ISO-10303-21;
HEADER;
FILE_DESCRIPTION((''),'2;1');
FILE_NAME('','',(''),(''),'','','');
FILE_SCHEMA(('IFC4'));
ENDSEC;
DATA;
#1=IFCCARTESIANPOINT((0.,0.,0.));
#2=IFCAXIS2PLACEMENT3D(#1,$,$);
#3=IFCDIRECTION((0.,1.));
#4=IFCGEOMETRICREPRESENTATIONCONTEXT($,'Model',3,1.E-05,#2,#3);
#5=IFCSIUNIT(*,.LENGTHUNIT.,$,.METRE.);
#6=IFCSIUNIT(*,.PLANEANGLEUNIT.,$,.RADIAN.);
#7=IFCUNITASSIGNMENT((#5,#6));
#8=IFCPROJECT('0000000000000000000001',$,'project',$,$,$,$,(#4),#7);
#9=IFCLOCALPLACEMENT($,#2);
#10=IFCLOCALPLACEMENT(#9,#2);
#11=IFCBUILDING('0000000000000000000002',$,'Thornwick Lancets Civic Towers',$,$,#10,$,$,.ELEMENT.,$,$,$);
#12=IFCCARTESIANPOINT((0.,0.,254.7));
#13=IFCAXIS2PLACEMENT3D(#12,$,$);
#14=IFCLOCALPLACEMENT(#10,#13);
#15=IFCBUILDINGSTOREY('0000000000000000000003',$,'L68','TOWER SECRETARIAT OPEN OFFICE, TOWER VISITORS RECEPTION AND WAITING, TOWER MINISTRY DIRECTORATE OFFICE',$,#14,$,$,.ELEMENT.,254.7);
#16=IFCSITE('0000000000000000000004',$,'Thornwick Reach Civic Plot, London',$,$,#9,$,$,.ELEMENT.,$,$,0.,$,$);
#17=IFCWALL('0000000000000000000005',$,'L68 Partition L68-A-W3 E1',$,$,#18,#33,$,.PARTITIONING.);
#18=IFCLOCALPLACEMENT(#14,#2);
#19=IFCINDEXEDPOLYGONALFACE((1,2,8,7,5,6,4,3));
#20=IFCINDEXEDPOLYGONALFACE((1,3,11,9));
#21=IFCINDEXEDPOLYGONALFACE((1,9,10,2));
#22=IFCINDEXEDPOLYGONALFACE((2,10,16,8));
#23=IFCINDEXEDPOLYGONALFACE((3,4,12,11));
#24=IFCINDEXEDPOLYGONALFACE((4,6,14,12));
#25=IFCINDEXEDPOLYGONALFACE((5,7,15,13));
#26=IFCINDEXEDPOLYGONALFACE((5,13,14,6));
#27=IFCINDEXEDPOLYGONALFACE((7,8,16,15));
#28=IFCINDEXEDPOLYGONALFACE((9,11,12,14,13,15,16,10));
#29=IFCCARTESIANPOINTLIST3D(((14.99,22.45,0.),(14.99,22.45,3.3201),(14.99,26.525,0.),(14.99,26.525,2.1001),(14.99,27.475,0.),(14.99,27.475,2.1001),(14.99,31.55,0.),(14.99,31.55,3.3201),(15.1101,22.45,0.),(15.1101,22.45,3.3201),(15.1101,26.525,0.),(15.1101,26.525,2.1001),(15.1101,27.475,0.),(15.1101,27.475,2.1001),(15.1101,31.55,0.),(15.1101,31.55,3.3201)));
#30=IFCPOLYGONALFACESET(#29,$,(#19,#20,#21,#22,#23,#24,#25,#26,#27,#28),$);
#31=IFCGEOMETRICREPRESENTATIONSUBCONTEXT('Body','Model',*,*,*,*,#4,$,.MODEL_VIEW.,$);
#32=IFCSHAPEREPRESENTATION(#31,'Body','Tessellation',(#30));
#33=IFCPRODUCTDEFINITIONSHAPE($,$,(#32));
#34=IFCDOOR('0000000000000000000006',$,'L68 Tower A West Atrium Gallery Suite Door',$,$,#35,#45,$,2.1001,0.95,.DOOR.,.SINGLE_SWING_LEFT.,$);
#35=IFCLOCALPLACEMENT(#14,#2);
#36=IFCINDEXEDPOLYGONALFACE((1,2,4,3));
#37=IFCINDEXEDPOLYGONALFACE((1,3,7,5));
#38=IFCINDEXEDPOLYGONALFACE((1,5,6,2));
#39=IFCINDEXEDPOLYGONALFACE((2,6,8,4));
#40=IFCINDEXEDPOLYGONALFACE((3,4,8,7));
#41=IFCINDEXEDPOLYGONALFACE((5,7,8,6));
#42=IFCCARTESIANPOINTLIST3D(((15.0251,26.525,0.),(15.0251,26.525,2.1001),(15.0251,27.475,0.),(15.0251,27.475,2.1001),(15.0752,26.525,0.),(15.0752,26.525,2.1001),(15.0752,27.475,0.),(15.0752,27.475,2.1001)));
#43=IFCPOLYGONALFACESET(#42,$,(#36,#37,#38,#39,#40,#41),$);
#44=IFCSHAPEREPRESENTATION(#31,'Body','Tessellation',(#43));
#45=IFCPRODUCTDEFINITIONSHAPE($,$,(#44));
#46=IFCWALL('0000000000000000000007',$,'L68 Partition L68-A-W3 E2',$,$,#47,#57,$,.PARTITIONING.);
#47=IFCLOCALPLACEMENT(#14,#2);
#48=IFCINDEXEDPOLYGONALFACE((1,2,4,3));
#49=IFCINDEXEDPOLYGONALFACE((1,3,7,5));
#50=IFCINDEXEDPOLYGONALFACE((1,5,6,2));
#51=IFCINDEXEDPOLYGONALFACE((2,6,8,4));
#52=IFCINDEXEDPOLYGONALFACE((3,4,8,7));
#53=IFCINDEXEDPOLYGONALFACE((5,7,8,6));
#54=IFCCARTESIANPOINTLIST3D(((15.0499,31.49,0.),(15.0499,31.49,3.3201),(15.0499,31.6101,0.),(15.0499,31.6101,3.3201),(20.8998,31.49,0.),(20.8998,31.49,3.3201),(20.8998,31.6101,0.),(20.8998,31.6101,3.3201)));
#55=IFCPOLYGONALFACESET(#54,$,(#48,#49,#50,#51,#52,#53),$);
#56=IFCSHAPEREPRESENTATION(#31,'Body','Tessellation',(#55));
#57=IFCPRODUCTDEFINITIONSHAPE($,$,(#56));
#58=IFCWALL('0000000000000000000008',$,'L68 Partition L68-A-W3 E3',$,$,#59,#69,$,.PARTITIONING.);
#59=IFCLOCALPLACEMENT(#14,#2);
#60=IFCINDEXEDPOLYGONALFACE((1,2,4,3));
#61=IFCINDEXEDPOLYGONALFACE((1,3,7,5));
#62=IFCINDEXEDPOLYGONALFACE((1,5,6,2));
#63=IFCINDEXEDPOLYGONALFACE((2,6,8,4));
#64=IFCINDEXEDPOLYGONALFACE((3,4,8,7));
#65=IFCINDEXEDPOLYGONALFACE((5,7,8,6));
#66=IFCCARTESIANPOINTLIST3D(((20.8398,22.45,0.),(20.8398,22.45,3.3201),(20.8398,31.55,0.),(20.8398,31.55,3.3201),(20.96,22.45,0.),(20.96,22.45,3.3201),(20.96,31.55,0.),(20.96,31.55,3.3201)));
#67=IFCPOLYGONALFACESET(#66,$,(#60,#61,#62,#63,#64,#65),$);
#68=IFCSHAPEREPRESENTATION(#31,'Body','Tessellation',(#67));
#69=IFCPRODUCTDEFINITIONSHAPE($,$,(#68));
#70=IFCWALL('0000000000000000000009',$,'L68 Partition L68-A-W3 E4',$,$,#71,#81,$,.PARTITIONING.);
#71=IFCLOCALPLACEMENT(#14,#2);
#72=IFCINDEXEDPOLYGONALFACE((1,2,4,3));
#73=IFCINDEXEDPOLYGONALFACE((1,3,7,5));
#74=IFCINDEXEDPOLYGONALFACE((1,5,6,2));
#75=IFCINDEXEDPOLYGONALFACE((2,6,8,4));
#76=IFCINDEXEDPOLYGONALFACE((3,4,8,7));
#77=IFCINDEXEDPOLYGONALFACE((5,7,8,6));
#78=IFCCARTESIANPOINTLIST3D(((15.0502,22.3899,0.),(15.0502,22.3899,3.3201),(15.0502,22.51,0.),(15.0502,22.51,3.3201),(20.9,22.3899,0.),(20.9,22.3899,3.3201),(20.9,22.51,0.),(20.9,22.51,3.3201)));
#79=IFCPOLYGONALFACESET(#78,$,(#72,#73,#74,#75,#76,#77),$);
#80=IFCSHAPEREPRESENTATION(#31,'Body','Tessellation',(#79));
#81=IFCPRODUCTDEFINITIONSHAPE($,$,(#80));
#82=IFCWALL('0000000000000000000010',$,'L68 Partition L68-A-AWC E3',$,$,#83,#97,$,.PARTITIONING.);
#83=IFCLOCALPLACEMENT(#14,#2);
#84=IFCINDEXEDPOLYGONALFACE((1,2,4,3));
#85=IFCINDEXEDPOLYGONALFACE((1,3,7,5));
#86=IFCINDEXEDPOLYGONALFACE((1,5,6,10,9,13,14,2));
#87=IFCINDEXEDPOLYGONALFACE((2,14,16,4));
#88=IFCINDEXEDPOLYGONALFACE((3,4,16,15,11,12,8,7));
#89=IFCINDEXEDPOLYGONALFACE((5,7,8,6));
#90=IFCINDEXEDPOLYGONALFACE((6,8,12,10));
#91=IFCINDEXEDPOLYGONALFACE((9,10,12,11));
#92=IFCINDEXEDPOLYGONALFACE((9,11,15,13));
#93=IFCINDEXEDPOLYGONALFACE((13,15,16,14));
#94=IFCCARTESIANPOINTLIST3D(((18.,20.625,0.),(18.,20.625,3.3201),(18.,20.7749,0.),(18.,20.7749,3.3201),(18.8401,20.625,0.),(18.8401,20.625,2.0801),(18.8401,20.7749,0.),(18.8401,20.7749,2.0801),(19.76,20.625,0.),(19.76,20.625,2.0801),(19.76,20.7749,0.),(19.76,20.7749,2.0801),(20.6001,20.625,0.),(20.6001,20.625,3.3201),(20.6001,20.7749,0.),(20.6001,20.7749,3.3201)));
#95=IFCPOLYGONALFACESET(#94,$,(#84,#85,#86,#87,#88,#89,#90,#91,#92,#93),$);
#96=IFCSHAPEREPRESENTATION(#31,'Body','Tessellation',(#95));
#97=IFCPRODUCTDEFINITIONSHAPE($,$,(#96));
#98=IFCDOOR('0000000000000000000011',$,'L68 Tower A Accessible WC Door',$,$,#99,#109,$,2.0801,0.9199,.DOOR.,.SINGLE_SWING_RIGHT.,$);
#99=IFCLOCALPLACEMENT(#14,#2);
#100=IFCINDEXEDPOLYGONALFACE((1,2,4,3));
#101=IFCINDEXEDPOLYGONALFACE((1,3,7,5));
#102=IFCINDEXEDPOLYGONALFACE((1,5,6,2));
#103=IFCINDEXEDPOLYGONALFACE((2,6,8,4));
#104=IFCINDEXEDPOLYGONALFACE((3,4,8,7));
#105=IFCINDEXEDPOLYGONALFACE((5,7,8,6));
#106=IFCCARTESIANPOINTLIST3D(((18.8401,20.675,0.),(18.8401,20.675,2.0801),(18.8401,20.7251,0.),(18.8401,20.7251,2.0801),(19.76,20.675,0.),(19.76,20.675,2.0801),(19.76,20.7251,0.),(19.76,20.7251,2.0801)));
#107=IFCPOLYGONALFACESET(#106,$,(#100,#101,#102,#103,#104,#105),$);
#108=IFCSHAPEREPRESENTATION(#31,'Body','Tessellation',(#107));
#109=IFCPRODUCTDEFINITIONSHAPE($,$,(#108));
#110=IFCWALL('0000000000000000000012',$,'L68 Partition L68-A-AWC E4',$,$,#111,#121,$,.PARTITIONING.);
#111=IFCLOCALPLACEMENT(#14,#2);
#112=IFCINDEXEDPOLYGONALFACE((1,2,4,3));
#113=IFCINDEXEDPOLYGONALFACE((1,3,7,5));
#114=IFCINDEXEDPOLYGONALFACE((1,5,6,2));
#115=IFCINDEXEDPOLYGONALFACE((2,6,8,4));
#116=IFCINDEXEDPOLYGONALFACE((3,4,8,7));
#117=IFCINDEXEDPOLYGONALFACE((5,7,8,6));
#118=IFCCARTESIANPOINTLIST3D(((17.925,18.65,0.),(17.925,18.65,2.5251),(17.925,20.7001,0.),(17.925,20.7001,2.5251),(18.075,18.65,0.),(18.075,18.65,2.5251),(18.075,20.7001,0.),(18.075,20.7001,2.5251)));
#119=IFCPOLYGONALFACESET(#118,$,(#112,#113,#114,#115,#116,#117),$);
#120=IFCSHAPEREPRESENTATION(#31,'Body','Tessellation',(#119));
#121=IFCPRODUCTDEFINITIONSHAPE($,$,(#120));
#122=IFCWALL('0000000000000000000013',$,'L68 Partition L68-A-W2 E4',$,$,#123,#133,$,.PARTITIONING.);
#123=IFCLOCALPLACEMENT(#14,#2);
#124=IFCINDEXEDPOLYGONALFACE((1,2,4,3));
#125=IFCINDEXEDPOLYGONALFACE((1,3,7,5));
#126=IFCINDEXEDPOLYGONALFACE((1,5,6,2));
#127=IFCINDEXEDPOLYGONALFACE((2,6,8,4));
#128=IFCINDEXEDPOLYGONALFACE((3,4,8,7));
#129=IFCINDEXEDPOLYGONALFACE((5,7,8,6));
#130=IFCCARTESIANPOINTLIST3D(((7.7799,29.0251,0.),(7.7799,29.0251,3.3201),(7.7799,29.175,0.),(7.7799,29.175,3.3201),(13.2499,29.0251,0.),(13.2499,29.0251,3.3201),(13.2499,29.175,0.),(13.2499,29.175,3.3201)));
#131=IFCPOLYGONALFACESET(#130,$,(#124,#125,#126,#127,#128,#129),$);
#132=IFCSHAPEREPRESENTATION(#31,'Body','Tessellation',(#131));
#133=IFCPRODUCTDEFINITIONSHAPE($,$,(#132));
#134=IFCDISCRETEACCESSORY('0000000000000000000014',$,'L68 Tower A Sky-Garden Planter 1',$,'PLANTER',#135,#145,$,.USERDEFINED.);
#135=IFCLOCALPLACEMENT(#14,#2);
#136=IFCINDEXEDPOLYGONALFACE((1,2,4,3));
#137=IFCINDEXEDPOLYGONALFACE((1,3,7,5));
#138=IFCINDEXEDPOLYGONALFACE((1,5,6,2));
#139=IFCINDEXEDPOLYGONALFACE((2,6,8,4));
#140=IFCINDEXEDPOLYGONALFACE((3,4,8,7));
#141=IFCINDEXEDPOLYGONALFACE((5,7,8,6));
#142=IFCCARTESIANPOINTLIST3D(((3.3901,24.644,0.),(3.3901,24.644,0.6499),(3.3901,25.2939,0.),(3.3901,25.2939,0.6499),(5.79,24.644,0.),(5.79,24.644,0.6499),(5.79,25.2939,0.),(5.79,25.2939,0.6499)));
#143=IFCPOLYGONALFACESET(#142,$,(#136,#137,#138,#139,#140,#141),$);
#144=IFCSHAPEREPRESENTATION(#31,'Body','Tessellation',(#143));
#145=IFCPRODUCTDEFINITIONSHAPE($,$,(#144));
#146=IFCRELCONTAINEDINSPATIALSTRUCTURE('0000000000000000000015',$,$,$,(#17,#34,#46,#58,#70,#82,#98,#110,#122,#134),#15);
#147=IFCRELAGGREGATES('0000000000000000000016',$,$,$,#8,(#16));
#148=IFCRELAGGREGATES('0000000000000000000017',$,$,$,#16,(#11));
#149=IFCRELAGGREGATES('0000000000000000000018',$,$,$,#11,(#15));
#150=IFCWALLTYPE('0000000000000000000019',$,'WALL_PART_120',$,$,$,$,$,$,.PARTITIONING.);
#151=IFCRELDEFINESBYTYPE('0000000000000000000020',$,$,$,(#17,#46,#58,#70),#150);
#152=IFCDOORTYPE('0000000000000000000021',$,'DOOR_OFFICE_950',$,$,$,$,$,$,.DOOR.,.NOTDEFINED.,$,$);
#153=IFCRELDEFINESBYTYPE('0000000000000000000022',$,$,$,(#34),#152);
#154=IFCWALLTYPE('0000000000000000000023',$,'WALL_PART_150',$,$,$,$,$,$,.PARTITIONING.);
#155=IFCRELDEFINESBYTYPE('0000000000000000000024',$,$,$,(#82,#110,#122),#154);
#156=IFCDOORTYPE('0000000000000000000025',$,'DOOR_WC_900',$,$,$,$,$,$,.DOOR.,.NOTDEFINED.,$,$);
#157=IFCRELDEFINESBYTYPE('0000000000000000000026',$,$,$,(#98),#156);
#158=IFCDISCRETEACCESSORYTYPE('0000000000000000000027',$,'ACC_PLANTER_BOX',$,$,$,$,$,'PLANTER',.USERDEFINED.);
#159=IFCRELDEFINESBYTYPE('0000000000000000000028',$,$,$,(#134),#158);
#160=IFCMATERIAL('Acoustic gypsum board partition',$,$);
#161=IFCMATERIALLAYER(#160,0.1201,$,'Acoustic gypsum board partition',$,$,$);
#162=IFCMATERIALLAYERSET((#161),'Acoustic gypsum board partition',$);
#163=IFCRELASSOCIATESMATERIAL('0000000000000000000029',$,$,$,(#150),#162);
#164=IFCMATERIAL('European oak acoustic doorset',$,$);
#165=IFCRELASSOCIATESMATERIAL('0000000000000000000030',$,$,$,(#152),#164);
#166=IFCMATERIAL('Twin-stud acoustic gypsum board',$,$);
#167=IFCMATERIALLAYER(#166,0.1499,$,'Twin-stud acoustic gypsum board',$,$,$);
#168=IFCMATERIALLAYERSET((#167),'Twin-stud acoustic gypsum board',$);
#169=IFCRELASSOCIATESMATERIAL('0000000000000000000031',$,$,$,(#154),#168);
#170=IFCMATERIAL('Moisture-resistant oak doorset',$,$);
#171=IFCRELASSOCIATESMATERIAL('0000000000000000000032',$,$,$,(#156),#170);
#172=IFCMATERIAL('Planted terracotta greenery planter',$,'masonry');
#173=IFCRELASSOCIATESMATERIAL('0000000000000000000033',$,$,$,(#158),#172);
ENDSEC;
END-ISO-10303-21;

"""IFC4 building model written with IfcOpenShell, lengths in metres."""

from ifc_helpers import new_model, si_unit, direction, frame, frame_2d, origin, origin_2d, place, context, subcontext, project, spatial, rectangle, extrude, material, layer, layer_set, type_object, element, fill, save


model = new_model("IFC4")

# Units and contexts
model_context = context("Model", 3, precision=1e-05, world=origin(), true_north=direction((0.0, 1.0)))
body_context = subcontext(model_context, "Body", "Model", "MODEL_VIEW")
ifc_project = project(units=[si_unit("LENGTHUNIT", "METRE"), si_unit("PLANEANGLEUNIT", "RADIAN")], contexts=[model_context])

# Site, building, storey
site_placement = place(None, origin())
site = spatial("IfcSite", under=ifc_project, at=site_placement, Name="Thornwick Reach Civic Plot, London", CompositionType="ELEMENT", RefElevation=0.0)
building_placement = place(site_placement, origin())
building = spatial("IfcBuilding", under=site, at=building_placement, Name="Thornwick Lancets Civic Towers", CompositionType="ELEMENT")
storey_placement = place(building_placement, frame((0.0, 0.0, 254.7)))
storey = spatial("IfcBuildingStorey", under=building, at=storey_placement, Name="L68", Description="TOWER SECRETARIAT OPEN OFFICE, TOWER VISITORS RECEPTION AND WAITING, TOWER MINISTRY DIRECTORATE OFFICE", CompositionType="ELEMENT", Elevation=254.7)

# Shared definitions
ifc_material_1 = material(Name="Acoustic gypsum board partition")
ifc_layer_1 = layer(ifc_material_1, 0.1201, Name="Acoustic gypsum board partition")
ifc_layer_set_1 = layer_set([ifc_layer_1], Name="Acoustic gypsum board partition")
wall_type_1 = type_object("IfcWallType", Name="WALL_PART_120", PredefinedType="PARTITIONING", material=ifc_layer_set_1)

# Wall, opening, door
wall_1_placement = place(storey_placement, frame((15.05, 22.45, 0.0), z_axis=(0.0, 0.0, 1.0), x_axis=(0.0, 1.0, 0.0)))
wall_1 = element("IfcWall", 1, at=wall_1_placement, inside=storey, type_object=wall_type_1, Name="L68 Partition L68-A-W3 E1", PredefinedType="PARTITIONING", context=body_context, shape_type="SweptSolid", body=[
    extrude(rectangle(XDim=9.1001, YDim=0.1201, at=frame_2d((4.55, 0.0))), origin(), (0.0, 0.0, 1.0), 3.3201),
])
opening_1_placement = place(wall_1_placement, frame((4.075, 0.0, 0.0)))
opening_1 = element("IfcOpeningElement", 2, at=opening_1_placement, cuts=wall_1, PredefinedType="OPENING", context=body_context, shape_type="SweptSolid", body=[
    extrude(rectangle(XDim=0.95, YDim=2.1001, at=frame_2d((0.4751, 1.05))), frame((0.0, 0.0701, 0.0), z_axis=(0.0, -1.0, 0.0), x_axis=(1.0, 0.0, 0.0)), (0.0, 0.0, 1.0), 0.1401),
])
ifc_material_2 = material(Name="European oak acoustic doorset")
door_type_1 = type_object("IfcDoorType", Name="DOOR_OFFICE_950", OperationType="NOTDEFINED", PredefinedType="DOOR", material=ifc_material_2)
door_1_placement = place(opening_1_placement, origin())
door_1 = element("IfcDoor", 3, at=door_1_placement, inside=storey, type_object=door_type_1, Name="L68 Tower A West Atrium Gallery Suite Door", OperationType="SINGLE_SWING_LEFT", OverallHeight=2.1001, OverallWidth=0.95, PredefinedType="DOOR", context=body_context, shape_type="SweptSolid", body=[
    extrude(rectangle(XDim=0.95, YDim=2.1001, at=frame_2d((0.4751, 1.05))), frame((0.0, 0.0249, 0.0), z_axis=(0.0, -1.0, 0.0), x_axis=(1.0, 0.0, 0.0)), (0.0, 0.0, 1.0), 0.05),
])
fill(opening_1, door_1)

# Walls
wall_2_placement = place(storey_placement, frame((15.05, 31.55, 0.0), z_axis=(0.0, 0.0, 1.0), x_axis=(1.0, 0.0, 0.0)))
element("IfcWall", 4, at=wall_2_placement, inside=storey, type_object=wall_type_1, Name="L68 Partition L68-A-W3 E2", PredefinedType="PARTITIONING", context=body_context, shape_type="SweptSolid", body=[
    extrude(rectangle(XDim=5.8499, YDim=0.1201, at=frame_2d((2.9248, 0.0))), origin(), (0.0, 0.0, 1.0), 3.3201),
])
wall_3_placement = place(storey_placement, frame((20.8999, 31.55, 0.0), z_axis=(0.0, 0.0, 1.0), x_axis=(0.0, -1.0, 0.0)))
element("IfcWall", 5, at=wall_3_placement, inside=storey, type_object=wall_type_1, Name="L68 Partition L68-A-W3 E3", PredefinedType="PARTITIONING", context=body_context, shape_type="SweptSolid", body=[
    extrude(rectangle(XDim=9.1001, YDim=0.1201, at=frame_2d((4.55, 0.0))), origin(), (0.0, 0.0, 1.0), 3.3201),
])
wall_4_placement = place(storey_placement, frame((20.8999, 22.45, 0.0), z_axis=(0.0, 0.0, 1.0), x_axis=(-1.0, 0.0, 0.0)))
element("IfcWall", 6, at=wall_4_placement, inside=storey, type_object=wall_type_1, Name="L68 Partition L68-A-W3 E4", PredefinedType="PARTITIONING", context=body_context, shape_type="SweptSolid", body=[
    extrude(rectangle(XDim=5.8499, YDim=0.1201, at=frame_2d((2.9248, 0.0))), origin(), (0.0, 0.0, 1.0), 3.3201),
])

# Wall, opening, door
ifc_material_3 = material(Name="Twin-stud acoustic gypsum board")
ifc_layer_2 = layer(ifc_material_3, 0.1499, Name="Twin-stud acoustic gypsum board")
ifc_layer_set_2 = layer_set([ifc_layer_2], Name="Twin-stud acoustic gypsum board")
wall_type_2 = type_object("IfcWallType", Name="WALL_PART_150", PredefinedType="PARTITIONING", material=ifc_layer_set_2)
wall_5_placement = place(storey_placement, frame((20.6001, 20.7, 0.0), z_axis=(0.0, 0.0, 1.0), x_axis=(-1.0, 0.0, 0.0)))
wall_5 = element("IfcWall", 7, at=wall_5_placement, inside=storey, type_object=wall_type_2, Name="L68 Partition L68-A-AWC E3", PredefinedType="PARTITIONING", context=body_context, shape_type="SweptSolid", body=[
    extrude(rectangle(XDim=2.6001, YDim=0.1499, at=frame_2d((1.3, 0.0))), origin(), (0.0, 0.0, 1.0), 3.3201),
])
opening_2_placement = place(wall_5_placement, frame((0.8401, 0.0, 0.0)))
opening_2 = element("IfcOpeningElement", 8, at=opening_2_placement, cuts=wall_5, PredefinedType="OPENING", context=body_context, shape_type="SweptSolid", body=[
    extrude(rectangle(XDim=0.9199, YDim=2.0801, at=frame_2d((0.46, 1.04))), frame((0.0, 0.085, 0.0), z_axis=(0.0, -1.0, 0.0), x_axis=(1.0, 0.0, 0.0)), (0.0, 0.0, 1.0), 0.1699),
])
ifc_material_4 = material(Name="Moisture-resistant oak doorset")
door_type_2 = type_object("IfcDoorType", Name="DOOR_WC_900", OperationType="NOTDEFINED", PredefinedType="DOOR", material=ifc_material_4)
door_2_placement = place(opening_2_placement, origin())
door_2 = element("IfcDoor", 9, at=door_2_placement, inside=storey, type_object=door_type_2, Name="L68 Tower A Accessible WC Door", OperationType="SINGLE_SWING_RIGHT", OverallHeight=2.0801, OverallWidth=0.9199, PredefinedType="DOOR", context=body_context, shape_type="SweptSolid", body=[
    extrude(rectangle(XDim=0.9199, YDim=2.0801, at=frame_2d((0.46, 1.04))), frame((0.0, 0.0249, 0.0), z_axis=(0.0, -1.0, 0.0), x_axis=(1.0, 0.0, 0.0)), (0.0, 0.0, 1.0), 0.05),
])
fill(opening_2, door_2)

# Wall
wall_6_placement = place(storey_placement, frame((18.0, 20.7, 0.0), z_axis=(0.0, 0.0, 1.0), x_axis=(0.0, -1.0, 0.0)))
element("IfcWall", 10, at=wall_6_placement, inside=storey, type_object=wall_type_2, Name="L68 Partition L68-A-AWC E4", PredefinedType="PARTITIONING", context=body_context, shape_type="SweptSolid", body=[
    extrude(rectangle(XDim=2.05, YDim=0.1499, at=frame_2d((1.0249, 0.0))), origin(), (0.0, 0.0, 1.0), 2.5251),
])

# Wall
wall_7_placement = place(storey_placement, frame((7.78, 29.1001, 0.0), z_axis=(0.0, 0.0, 1.0), x_axis=(1.0, 0.0, 0.0)))
element("IfcWall", 11, at=wall_7_placement, inside=storey, type_object=wall_type_2, Name="L68 Partition L68-A-W2 E4", PredefinedType="PARTITIONING", context=body_context, shape_type="SweptSolid", body=[
    extrude(rectangle(XDim=5.47, YDim=0.1499, at=frame_2d((2.7349, 0.0))), origin(), (0.0, 0.0, 1.0), 3.3201),
])

# Discrete accessory
ifc_material_5 = material(Name="Planted terracotta greenery planter", Category="masonry")
discrete_accessory_type = type_object("IfcDiscreteAccessoryType", Name="ACC_PLANTER_BOX", ElementType="PLANTER", PredefinedType="USERDEFINED", material=ifc_material_5)
discrete_accessory_placement = place(storey_placement, frame((4.5901, 24.969, 0.0), z_axis=(0.0, 0.0, 1.0), x_axis=(1.0, 0.0, 0.0)))
element("IfcDiscreteAccessory", 12, at=discrete_accessory_placement, inside=storey, type_object=discrete_accessory_type, Name="L68 Tower A Sky-Garden Planter 1", ObjectType="PLANTER", PredefinedType="USERDEFINED", context=body_context, shape_type="SweptSolid", body=[
    extrude(rectangle(XDim=2.3999, YDim=0.6499, at=origin_2d()), origin(), (0.0, 0.0, 1.0), 0.6499),
])

save(model, "model.ifc")
